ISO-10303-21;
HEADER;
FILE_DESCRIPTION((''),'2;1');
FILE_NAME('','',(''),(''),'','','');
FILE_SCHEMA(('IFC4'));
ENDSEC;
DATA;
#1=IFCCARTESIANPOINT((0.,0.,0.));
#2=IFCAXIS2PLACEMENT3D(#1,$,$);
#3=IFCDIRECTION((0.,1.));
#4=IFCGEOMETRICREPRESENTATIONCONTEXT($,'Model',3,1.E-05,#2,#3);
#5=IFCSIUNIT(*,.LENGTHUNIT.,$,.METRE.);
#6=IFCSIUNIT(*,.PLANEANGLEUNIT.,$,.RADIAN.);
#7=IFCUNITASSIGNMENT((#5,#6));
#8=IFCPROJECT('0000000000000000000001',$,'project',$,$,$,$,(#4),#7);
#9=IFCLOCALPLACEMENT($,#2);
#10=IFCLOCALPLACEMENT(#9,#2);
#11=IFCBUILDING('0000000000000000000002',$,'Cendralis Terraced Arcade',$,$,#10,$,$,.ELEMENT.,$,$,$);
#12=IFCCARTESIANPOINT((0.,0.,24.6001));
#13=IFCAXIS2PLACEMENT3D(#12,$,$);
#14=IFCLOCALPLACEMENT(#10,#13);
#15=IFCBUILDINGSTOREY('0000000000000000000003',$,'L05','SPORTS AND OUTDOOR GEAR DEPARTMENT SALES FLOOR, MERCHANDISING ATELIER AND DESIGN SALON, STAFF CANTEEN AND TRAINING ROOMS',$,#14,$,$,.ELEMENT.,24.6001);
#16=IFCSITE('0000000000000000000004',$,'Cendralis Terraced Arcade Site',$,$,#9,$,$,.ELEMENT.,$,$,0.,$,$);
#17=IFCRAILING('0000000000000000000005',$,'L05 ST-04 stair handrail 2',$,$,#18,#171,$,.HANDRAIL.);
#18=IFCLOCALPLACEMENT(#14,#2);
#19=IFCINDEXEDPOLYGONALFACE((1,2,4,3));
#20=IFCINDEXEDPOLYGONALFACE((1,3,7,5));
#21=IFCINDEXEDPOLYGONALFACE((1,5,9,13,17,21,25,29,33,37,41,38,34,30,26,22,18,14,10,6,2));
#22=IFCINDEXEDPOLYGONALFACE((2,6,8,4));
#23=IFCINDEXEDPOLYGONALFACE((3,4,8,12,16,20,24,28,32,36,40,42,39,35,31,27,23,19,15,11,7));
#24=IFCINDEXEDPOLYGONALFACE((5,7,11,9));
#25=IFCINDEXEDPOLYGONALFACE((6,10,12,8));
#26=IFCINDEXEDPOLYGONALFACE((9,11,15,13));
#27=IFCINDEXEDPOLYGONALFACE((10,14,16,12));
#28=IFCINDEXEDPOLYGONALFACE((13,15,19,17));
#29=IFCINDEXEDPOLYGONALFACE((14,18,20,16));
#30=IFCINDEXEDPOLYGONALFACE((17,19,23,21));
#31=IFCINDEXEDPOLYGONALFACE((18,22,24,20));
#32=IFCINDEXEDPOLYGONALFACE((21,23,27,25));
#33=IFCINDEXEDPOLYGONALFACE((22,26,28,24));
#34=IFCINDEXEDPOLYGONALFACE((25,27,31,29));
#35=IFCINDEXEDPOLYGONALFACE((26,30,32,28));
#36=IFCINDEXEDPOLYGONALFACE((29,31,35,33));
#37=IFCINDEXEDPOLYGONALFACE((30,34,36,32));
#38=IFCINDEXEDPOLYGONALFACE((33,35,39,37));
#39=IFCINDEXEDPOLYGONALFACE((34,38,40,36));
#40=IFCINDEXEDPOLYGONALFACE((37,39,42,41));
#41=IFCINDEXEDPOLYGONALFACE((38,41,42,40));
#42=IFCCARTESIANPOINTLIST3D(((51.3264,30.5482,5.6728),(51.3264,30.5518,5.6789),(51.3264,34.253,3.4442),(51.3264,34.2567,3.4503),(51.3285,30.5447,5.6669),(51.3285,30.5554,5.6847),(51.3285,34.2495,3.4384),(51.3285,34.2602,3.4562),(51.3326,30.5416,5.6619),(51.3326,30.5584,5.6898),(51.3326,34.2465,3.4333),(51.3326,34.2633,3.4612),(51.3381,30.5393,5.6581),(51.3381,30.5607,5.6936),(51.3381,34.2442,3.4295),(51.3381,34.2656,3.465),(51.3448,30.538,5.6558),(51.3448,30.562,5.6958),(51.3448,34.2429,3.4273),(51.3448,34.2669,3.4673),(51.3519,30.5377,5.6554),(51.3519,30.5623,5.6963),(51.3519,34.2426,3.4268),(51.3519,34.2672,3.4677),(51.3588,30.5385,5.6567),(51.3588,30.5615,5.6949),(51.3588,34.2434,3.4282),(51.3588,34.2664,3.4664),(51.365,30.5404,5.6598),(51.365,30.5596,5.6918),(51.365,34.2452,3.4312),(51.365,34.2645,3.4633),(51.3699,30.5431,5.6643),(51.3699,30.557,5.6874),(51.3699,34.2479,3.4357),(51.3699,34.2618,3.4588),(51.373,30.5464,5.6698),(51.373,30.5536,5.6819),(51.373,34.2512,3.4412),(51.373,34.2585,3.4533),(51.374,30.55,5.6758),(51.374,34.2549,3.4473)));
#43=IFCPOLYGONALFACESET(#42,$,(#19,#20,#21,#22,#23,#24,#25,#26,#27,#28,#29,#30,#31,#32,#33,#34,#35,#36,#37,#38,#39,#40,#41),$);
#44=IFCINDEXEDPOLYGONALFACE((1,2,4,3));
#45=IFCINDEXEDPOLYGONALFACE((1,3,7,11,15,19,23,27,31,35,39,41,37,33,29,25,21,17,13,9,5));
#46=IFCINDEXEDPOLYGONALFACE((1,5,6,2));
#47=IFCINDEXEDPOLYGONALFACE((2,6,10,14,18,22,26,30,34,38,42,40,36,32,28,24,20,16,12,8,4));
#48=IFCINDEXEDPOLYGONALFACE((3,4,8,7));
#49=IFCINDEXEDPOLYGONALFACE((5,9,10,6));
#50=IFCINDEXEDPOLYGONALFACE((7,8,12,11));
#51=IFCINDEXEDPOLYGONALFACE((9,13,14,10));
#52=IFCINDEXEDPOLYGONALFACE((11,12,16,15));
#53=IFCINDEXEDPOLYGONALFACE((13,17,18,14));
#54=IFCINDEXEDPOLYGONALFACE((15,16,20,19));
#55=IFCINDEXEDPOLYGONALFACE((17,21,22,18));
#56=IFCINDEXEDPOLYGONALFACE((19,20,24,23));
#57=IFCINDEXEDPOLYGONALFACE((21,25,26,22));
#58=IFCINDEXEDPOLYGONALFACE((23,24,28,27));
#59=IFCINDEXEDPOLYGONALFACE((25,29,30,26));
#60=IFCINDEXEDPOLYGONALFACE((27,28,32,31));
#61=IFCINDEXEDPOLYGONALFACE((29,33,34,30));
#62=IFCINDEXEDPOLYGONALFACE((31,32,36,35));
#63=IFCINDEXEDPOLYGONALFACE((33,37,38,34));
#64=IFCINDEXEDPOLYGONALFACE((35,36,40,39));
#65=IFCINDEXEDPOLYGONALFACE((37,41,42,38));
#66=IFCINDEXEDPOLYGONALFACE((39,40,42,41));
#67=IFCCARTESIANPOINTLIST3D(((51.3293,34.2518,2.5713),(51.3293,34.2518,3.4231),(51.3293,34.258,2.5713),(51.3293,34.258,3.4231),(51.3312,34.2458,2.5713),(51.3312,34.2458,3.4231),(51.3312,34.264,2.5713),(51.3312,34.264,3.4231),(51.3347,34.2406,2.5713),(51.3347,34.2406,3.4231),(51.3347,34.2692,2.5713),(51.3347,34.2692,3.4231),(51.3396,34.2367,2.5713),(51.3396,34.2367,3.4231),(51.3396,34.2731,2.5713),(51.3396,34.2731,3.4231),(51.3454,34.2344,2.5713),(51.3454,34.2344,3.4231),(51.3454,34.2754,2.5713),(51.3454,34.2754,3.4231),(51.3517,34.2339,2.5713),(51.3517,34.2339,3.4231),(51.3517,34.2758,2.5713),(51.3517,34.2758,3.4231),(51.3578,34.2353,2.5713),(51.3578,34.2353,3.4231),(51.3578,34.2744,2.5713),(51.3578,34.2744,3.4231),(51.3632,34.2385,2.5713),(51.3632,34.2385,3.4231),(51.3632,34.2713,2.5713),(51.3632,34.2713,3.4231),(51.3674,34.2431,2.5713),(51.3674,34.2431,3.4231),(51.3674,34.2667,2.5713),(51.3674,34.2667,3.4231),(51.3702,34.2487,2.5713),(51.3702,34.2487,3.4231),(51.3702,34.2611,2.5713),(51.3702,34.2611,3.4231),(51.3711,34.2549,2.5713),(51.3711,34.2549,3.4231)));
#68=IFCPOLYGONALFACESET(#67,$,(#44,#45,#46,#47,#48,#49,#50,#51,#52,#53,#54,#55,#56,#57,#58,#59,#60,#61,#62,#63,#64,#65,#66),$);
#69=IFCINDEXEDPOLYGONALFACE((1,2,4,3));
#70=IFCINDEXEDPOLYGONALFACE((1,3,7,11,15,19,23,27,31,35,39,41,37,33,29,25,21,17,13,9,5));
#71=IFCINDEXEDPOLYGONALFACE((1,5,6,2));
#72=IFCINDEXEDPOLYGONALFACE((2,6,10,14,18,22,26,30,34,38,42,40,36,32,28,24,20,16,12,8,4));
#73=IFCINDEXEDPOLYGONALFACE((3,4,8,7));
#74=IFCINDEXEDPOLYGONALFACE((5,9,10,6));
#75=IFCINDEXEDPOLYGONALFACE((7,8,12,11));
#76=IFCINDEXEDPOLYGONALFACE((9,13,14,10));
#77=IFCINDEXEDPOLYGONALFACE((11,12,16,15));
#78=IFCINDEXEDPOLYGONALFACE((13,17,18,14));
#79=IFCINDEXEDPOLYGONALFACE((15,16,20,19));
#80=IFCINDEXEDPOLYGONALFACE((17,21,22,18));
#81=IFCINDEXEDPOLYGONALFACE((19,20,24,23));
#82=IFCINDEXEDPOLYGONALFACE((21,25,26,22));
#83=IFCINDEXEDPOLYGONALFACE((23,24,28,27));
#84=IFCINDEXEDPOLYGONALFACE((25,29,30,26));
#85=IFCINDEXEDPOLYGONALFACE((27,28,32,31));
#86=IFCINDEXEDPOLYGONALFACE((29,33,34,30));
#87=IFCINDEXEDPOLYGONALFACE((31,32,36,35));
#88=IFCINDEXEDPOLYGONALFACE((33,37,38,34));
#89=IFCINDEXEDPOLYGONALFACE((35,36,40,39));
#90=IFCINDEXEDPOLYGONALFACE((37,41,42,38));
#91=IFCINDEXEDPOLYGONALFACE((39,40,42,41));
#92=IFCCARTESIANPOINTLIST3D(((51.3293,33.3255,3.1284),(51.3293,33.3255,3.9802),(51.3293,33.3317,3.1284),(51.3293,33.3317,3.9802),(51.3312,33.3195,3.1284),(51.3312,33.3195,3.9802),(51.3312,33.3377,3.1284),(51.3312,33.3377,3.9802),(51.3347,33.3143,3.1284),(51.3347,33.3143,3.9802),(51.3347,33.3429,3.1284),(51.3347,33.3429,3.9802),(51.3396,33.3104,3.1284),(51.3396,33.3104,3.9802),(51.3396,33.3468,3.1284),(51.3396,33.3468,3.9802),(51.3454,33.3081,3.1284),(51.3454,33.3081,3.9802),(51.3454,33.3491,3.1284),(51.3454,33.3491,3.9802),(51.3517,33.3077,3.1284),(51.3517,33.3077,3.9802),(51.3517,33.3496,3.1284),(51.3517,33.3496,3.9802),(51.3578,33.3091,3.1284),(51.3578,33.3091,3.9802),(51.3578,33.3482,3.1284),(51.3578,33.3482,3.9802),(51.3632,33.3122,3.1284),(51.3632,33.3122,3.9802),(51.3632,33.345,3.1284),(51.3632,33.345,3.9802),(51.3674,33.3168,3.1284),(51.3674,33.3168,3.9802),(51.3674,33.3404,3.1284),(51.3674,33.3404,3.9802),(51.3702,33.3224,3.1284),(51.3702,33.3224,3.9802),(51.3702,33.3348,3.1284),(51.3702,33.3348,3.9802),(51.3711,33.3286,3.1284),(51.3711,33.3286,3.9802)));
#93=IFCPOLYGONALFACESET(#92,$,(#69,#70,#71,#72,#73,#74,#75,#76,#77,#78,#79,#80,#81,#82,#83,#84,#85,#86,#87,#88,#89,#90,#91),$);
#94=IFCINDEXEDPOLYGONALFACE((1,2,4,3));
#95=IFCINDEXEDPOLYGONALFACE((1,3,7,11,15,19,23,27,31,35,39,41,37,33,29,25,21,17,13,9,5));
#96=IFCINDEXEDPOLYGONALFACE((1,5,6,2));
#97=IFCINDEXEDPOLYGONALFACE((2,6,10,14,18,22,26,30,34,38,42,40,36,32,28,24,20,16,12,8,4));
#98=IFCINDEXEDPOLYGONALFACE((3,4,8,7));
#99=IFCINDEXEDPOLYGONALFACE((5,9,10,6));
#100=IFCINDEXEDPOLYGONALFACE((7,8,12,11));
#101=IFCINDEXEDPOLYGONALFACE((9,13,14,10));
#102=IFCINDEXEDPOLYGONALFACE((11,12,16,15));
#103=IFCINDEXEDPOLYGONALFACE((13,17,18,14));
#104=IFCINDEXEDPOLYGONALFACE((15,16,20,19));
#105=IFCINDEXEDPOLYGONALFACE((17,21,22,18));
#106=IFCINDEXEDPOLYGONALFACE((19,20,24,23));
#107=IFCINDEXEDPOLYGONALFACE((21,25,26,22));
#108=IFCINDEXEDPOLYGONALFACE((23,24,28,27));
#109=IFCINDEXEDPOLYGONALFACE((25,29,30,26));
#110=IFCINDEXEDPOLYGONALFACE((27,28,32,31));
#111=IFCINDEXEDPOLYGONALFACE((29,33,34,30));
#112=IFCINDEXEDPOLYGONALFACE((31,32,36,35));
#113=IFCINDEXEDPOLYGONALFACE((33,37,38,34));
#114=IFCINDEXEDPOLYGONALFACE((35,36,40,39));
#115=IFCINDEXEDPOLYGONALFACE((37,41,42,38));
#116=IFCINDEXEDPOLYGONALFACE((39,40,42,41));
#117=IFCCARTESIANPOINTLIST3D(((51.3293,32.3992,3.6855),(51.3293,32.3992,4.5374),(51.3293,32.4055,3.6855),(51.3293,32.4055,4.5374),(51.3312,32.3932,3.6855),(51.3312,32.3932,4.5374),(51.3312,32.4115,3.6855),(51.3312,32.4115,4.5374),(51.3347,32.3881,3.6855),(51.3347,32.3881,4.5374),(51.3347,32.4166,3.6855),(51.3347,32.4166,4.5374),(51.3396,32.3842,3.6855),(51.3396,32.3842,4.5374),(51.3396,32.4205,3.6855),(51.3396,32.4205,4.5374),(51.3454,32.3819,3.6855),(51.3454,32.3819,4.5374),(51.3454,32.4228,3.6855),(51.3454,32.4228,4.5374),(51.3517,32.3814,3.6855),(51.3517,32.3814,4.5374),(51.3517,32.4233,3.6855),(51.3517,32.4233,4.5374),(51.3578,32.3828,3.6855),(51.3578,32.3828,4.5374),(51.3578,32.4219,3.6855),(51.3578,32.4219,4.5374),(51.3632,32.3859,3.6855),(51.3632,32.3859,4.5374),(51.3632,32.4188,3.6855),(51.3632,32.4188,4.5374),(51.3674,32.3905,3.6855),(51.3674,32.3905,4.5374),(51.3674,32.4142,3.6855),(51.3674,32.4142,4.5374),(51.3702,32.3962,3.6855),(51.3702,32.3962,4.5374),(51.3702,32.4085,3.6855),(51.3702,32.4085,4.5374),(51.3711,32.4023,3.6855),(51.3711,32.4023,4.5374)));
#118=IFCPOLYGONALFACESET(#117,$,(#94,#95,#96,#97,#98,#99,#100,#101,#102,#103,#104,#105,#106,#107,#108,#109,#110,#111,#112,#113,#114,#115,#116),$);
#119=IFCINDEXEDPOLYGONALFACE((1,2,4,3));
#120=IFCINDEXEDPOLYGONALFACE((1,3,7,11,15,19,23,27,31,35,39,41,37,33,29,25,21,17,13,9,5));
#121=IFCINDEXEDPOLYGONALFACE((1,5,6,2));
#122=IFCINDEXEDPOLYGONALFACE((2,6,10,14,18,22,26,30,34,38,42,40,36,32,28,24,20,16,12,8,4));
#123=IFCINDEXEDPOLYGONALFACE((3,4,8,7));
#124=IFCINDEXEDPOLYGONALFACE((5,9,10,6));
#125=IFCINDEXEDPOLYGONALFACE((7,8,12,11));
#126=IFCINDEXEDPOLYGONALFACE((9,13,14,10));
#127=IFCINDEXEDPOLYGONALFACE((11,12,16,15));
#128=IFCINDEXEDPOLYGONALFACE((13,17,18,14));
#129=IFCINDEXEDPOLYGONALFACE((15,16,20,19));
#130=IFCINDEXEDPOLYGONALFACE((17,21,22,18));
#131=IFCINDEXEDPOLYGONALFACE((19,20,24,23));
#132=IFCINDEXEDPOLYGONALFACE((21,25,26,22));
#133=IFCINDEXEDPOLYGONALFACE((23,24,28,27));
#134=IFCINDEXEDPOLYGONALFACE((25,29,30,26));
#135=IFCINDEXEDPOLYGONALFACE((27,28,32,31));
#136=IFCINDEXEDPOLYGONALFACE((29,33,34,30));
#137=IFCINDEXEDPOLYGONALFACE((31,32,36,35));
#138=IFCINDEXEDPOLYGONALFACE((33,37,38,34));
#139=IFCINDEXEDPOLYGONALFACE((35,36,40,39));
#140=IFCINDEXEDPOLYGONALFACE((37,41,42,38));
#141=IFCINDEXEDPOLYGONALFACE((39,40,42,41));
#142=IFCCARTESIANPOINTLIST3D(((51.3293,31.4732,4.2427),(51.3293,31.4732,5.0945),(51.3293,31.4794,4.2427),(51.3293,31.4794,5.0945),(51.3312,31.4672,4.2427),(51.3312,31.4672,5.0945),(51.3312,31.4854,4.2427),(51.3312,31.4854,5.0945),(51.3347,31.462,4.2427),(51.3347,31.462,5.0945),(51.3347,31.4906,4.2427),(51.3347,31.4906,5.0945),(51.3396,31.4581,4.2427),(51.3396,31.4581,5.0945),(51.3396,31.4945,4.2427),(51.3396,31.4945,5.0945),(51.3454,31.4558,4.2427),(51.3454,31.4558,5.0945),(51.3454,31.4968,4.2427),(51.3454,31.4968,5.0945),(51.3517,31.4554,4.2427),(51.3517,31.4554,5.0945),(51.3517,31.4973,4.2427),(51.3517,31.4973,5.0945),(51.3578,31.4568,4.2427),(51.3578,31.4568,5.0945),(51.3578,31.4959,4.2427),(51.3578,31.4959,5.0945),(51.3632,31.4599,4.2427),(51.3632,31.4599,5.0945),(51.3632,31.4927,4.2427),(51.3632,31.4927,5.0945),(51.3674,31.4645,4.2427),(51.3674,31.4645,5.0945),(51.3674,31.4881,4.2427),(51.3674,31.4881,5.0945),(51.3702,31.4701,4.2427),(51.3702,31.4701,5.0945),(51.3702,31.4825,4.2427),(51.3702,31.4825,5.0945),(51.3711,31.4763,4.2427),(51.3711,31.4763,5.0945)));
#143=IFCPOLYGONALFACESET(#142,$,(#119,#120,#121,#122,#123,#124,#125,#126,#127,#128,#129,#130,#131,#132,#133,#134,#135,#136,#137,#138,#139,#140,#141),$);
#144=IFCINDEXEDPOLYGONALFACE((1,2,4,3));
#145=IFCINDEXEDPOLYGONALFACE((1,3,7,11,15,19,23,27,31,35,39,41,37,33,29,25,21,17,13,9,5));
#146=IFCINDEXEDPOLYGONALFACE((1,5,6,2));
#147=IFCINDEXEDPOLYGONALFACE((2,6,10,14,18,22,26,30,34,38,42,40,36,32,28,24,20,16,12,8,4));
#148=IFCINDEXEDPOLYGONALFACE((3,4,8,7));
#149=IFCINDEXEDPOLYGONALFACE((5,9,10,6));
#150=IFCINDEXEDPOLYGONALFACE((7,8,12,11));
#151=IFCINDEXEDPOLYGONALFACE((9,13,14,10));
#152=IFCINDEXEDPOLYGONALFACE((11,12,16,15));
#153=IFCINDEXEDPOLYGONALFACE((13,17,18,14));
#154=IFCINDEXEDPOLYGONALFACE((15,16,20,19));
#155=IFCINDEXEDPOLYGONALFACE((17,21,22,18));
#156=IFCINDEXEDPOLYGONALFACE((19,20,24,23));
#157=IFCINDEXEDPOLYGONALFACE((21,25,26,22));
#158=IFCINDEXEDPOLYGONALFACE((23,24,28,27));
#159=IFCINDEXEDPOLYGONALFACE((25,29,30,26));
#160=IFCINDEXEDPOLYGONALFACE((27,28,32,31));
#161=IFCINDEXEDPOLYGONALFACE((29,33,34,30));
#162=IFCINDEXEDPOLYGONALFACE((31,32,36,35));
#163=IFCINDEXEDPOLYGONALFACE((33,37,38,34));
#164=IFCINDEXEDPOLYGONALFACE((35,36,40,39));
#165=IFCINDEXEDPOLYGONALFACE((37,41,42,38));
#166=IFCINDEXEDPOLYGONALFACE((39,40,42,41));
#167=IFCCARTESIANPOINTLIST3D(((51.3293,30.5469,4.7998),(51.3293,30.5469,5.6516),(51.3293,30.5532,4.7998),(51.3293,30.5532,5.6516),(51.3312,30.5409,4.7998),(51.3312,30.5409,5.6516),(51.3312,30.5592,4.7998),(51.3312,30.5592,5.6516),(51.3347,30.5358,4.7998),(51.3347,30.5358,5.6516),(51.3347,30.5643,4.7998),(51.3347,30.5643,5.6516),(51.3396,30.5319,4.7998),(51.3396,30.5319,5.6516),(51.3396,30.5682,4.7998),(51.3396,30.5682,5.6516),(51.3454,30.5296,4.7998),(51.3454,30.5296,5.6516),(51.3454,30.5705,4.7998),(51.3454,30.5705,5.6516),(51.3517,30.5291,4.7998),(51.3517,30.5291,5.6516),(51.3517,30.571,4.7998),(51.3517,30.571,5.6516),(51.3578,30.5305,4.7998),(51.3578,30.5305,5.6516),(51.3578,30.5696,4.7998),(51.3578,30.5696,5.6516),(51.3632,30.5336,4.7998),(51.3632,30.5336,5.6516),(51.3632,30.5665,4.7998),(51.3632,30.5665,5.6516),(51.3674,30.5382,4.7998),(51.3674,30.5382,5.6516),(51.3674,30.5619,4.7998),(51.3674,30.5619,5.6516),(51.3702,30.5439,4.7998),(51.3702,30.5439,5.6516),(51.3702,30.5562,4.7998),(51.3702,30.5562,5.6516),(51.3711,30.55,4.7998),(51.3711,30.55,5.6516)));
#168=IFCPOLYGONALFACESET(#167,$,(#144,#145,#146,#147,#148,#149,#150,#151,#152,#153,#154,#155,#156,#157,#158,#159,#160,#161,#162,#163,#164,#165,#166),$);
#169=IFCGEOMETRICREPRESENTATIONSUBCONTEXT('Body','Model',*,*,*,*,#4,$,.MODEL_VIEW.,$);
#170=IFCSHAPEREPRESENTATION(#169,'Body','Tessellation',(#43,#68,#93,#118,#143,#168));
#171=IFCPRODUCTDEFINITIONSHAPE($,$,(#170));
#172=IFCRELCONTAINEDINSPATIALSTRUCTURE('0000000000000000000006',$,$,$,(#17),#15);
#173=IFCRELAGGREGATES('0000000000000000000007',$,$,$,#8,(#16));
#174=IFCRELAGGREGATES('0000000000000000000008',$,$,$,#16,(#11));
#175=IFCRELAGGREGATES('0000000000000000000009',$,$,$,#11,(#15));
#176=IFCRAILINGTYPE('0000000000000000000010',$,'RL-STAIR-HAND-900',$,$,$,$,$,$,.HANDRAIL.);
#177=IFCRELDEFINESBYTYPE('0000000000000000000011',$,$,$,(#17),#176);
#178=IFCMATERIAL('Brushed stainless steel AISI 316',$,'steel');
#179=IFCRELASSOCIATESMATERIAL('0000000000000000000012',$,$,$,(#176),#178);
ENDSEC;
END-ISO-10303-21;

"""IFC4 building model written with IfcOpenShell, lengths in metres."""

from ifc_helpers import new_model, si_unit, direction, frame, origin, origin_2d, place, context, subcontext, project, spatial, circle, extrude, material, type_object, element, save


model = new_model("IFC4")

# Units and contexts
model_context = context("Model", 3, precision=1e-05, world=origin(), true_north=direction((0.0, 1.0)))
body_context = subcontext(model_context, "Body", "Model", "MODEL_VIEW")
ifc_project = project(units=[si_unit("LENGTHUNIT", "METRE"), si_unit("PLANEANGLEUNIT", "RADIAN")], contexts=[model_context])

# Site, building, storey
site_placement = place(None, origin())
site = spatial("IfcSite", under=ifc_project, at=site_placement, Name="Cendralis Terraced Arcade Site", CompositionType="ELEMENT", RefElevation=0.0)
building_placement = place(site_placement, origin())
building = spatial("IfcBuilding", under=site, at=building_placement, Name="Cendralis Terraced Arcade", CompositionType="ELEMENT")
storey_placement = place(building_placement, frame((0.0, 0.0, 24.6001)))
storey = spatial("IfcBuildingStorey", under=building, at=storey_placement, Name="L05", Description="SPORTS AND OUTDOOR GEAR DEPARTMENT SALES FLOOR, MERCHANDISING ATELIER AND DESIGN SALON, STAFF CANTEEN AND TRAINING ROOMS", CompositionType="ELEMENT", Elevation=24.6001)

# Railing
ifc_material_1 = material(Name="Brushed stainless steel AISI 316", Category="steel")
railing_type = type_object("IfcRailingType", Name="RL-STAIR-HAND-900", PredefinedType="HANDRAIL", material=ifc_material_1)
railing_placement = place(storey_placement, frame((51.3501, 34.2549, 2.5713)))
element("IfcRailing", 1, at=railing_placement, inside=storey, type_object=railing_type, Name="L05 ST-04 stair handrail 2", PredefinedType="HANDRAIL", context=body_context, shape_type="SweptSolid", body=[
    extrude(circle(Radius=0.0239, at=origin_2d()), frame((0.0, 0.0, 0.876), z_axis=(0.0, -0.856919, 0.51545), x_axis=(1.0, 0.0, 0.0)), (0.0, 0.0, 1.0), 4.3235),
    extrude(circle(Radius=0.021, at=origin_2d()), origin(), (0.0, 0.0, 1.0), 0.8518),
    extrude(circle(Radius=0.021, at=origin_2d()), frame((0.0, -0.9263, 0.5571)), (0.0, 0.0, 1.0), 0.8518),
    extrude(circle(Radius=0.021, at=origin_2d()), frame((0.0, -1.8525, 1.1143)), (0.0, 0.0, 1.0), 0.8518),
    extrude(circle(Radius=0.021, at=origin_2d()), frame((0.0, -2.7786, 1.6714)), (0.0, 0.0, 1.0), 0.8518),
    extrude(circle(Radius=0.021, at=origin_2d()), frame((0.0, -3.7048, 2.2285)), (0.0, 0.0, 1.0), 0.8518),
])

save(model, "model.ifc")
